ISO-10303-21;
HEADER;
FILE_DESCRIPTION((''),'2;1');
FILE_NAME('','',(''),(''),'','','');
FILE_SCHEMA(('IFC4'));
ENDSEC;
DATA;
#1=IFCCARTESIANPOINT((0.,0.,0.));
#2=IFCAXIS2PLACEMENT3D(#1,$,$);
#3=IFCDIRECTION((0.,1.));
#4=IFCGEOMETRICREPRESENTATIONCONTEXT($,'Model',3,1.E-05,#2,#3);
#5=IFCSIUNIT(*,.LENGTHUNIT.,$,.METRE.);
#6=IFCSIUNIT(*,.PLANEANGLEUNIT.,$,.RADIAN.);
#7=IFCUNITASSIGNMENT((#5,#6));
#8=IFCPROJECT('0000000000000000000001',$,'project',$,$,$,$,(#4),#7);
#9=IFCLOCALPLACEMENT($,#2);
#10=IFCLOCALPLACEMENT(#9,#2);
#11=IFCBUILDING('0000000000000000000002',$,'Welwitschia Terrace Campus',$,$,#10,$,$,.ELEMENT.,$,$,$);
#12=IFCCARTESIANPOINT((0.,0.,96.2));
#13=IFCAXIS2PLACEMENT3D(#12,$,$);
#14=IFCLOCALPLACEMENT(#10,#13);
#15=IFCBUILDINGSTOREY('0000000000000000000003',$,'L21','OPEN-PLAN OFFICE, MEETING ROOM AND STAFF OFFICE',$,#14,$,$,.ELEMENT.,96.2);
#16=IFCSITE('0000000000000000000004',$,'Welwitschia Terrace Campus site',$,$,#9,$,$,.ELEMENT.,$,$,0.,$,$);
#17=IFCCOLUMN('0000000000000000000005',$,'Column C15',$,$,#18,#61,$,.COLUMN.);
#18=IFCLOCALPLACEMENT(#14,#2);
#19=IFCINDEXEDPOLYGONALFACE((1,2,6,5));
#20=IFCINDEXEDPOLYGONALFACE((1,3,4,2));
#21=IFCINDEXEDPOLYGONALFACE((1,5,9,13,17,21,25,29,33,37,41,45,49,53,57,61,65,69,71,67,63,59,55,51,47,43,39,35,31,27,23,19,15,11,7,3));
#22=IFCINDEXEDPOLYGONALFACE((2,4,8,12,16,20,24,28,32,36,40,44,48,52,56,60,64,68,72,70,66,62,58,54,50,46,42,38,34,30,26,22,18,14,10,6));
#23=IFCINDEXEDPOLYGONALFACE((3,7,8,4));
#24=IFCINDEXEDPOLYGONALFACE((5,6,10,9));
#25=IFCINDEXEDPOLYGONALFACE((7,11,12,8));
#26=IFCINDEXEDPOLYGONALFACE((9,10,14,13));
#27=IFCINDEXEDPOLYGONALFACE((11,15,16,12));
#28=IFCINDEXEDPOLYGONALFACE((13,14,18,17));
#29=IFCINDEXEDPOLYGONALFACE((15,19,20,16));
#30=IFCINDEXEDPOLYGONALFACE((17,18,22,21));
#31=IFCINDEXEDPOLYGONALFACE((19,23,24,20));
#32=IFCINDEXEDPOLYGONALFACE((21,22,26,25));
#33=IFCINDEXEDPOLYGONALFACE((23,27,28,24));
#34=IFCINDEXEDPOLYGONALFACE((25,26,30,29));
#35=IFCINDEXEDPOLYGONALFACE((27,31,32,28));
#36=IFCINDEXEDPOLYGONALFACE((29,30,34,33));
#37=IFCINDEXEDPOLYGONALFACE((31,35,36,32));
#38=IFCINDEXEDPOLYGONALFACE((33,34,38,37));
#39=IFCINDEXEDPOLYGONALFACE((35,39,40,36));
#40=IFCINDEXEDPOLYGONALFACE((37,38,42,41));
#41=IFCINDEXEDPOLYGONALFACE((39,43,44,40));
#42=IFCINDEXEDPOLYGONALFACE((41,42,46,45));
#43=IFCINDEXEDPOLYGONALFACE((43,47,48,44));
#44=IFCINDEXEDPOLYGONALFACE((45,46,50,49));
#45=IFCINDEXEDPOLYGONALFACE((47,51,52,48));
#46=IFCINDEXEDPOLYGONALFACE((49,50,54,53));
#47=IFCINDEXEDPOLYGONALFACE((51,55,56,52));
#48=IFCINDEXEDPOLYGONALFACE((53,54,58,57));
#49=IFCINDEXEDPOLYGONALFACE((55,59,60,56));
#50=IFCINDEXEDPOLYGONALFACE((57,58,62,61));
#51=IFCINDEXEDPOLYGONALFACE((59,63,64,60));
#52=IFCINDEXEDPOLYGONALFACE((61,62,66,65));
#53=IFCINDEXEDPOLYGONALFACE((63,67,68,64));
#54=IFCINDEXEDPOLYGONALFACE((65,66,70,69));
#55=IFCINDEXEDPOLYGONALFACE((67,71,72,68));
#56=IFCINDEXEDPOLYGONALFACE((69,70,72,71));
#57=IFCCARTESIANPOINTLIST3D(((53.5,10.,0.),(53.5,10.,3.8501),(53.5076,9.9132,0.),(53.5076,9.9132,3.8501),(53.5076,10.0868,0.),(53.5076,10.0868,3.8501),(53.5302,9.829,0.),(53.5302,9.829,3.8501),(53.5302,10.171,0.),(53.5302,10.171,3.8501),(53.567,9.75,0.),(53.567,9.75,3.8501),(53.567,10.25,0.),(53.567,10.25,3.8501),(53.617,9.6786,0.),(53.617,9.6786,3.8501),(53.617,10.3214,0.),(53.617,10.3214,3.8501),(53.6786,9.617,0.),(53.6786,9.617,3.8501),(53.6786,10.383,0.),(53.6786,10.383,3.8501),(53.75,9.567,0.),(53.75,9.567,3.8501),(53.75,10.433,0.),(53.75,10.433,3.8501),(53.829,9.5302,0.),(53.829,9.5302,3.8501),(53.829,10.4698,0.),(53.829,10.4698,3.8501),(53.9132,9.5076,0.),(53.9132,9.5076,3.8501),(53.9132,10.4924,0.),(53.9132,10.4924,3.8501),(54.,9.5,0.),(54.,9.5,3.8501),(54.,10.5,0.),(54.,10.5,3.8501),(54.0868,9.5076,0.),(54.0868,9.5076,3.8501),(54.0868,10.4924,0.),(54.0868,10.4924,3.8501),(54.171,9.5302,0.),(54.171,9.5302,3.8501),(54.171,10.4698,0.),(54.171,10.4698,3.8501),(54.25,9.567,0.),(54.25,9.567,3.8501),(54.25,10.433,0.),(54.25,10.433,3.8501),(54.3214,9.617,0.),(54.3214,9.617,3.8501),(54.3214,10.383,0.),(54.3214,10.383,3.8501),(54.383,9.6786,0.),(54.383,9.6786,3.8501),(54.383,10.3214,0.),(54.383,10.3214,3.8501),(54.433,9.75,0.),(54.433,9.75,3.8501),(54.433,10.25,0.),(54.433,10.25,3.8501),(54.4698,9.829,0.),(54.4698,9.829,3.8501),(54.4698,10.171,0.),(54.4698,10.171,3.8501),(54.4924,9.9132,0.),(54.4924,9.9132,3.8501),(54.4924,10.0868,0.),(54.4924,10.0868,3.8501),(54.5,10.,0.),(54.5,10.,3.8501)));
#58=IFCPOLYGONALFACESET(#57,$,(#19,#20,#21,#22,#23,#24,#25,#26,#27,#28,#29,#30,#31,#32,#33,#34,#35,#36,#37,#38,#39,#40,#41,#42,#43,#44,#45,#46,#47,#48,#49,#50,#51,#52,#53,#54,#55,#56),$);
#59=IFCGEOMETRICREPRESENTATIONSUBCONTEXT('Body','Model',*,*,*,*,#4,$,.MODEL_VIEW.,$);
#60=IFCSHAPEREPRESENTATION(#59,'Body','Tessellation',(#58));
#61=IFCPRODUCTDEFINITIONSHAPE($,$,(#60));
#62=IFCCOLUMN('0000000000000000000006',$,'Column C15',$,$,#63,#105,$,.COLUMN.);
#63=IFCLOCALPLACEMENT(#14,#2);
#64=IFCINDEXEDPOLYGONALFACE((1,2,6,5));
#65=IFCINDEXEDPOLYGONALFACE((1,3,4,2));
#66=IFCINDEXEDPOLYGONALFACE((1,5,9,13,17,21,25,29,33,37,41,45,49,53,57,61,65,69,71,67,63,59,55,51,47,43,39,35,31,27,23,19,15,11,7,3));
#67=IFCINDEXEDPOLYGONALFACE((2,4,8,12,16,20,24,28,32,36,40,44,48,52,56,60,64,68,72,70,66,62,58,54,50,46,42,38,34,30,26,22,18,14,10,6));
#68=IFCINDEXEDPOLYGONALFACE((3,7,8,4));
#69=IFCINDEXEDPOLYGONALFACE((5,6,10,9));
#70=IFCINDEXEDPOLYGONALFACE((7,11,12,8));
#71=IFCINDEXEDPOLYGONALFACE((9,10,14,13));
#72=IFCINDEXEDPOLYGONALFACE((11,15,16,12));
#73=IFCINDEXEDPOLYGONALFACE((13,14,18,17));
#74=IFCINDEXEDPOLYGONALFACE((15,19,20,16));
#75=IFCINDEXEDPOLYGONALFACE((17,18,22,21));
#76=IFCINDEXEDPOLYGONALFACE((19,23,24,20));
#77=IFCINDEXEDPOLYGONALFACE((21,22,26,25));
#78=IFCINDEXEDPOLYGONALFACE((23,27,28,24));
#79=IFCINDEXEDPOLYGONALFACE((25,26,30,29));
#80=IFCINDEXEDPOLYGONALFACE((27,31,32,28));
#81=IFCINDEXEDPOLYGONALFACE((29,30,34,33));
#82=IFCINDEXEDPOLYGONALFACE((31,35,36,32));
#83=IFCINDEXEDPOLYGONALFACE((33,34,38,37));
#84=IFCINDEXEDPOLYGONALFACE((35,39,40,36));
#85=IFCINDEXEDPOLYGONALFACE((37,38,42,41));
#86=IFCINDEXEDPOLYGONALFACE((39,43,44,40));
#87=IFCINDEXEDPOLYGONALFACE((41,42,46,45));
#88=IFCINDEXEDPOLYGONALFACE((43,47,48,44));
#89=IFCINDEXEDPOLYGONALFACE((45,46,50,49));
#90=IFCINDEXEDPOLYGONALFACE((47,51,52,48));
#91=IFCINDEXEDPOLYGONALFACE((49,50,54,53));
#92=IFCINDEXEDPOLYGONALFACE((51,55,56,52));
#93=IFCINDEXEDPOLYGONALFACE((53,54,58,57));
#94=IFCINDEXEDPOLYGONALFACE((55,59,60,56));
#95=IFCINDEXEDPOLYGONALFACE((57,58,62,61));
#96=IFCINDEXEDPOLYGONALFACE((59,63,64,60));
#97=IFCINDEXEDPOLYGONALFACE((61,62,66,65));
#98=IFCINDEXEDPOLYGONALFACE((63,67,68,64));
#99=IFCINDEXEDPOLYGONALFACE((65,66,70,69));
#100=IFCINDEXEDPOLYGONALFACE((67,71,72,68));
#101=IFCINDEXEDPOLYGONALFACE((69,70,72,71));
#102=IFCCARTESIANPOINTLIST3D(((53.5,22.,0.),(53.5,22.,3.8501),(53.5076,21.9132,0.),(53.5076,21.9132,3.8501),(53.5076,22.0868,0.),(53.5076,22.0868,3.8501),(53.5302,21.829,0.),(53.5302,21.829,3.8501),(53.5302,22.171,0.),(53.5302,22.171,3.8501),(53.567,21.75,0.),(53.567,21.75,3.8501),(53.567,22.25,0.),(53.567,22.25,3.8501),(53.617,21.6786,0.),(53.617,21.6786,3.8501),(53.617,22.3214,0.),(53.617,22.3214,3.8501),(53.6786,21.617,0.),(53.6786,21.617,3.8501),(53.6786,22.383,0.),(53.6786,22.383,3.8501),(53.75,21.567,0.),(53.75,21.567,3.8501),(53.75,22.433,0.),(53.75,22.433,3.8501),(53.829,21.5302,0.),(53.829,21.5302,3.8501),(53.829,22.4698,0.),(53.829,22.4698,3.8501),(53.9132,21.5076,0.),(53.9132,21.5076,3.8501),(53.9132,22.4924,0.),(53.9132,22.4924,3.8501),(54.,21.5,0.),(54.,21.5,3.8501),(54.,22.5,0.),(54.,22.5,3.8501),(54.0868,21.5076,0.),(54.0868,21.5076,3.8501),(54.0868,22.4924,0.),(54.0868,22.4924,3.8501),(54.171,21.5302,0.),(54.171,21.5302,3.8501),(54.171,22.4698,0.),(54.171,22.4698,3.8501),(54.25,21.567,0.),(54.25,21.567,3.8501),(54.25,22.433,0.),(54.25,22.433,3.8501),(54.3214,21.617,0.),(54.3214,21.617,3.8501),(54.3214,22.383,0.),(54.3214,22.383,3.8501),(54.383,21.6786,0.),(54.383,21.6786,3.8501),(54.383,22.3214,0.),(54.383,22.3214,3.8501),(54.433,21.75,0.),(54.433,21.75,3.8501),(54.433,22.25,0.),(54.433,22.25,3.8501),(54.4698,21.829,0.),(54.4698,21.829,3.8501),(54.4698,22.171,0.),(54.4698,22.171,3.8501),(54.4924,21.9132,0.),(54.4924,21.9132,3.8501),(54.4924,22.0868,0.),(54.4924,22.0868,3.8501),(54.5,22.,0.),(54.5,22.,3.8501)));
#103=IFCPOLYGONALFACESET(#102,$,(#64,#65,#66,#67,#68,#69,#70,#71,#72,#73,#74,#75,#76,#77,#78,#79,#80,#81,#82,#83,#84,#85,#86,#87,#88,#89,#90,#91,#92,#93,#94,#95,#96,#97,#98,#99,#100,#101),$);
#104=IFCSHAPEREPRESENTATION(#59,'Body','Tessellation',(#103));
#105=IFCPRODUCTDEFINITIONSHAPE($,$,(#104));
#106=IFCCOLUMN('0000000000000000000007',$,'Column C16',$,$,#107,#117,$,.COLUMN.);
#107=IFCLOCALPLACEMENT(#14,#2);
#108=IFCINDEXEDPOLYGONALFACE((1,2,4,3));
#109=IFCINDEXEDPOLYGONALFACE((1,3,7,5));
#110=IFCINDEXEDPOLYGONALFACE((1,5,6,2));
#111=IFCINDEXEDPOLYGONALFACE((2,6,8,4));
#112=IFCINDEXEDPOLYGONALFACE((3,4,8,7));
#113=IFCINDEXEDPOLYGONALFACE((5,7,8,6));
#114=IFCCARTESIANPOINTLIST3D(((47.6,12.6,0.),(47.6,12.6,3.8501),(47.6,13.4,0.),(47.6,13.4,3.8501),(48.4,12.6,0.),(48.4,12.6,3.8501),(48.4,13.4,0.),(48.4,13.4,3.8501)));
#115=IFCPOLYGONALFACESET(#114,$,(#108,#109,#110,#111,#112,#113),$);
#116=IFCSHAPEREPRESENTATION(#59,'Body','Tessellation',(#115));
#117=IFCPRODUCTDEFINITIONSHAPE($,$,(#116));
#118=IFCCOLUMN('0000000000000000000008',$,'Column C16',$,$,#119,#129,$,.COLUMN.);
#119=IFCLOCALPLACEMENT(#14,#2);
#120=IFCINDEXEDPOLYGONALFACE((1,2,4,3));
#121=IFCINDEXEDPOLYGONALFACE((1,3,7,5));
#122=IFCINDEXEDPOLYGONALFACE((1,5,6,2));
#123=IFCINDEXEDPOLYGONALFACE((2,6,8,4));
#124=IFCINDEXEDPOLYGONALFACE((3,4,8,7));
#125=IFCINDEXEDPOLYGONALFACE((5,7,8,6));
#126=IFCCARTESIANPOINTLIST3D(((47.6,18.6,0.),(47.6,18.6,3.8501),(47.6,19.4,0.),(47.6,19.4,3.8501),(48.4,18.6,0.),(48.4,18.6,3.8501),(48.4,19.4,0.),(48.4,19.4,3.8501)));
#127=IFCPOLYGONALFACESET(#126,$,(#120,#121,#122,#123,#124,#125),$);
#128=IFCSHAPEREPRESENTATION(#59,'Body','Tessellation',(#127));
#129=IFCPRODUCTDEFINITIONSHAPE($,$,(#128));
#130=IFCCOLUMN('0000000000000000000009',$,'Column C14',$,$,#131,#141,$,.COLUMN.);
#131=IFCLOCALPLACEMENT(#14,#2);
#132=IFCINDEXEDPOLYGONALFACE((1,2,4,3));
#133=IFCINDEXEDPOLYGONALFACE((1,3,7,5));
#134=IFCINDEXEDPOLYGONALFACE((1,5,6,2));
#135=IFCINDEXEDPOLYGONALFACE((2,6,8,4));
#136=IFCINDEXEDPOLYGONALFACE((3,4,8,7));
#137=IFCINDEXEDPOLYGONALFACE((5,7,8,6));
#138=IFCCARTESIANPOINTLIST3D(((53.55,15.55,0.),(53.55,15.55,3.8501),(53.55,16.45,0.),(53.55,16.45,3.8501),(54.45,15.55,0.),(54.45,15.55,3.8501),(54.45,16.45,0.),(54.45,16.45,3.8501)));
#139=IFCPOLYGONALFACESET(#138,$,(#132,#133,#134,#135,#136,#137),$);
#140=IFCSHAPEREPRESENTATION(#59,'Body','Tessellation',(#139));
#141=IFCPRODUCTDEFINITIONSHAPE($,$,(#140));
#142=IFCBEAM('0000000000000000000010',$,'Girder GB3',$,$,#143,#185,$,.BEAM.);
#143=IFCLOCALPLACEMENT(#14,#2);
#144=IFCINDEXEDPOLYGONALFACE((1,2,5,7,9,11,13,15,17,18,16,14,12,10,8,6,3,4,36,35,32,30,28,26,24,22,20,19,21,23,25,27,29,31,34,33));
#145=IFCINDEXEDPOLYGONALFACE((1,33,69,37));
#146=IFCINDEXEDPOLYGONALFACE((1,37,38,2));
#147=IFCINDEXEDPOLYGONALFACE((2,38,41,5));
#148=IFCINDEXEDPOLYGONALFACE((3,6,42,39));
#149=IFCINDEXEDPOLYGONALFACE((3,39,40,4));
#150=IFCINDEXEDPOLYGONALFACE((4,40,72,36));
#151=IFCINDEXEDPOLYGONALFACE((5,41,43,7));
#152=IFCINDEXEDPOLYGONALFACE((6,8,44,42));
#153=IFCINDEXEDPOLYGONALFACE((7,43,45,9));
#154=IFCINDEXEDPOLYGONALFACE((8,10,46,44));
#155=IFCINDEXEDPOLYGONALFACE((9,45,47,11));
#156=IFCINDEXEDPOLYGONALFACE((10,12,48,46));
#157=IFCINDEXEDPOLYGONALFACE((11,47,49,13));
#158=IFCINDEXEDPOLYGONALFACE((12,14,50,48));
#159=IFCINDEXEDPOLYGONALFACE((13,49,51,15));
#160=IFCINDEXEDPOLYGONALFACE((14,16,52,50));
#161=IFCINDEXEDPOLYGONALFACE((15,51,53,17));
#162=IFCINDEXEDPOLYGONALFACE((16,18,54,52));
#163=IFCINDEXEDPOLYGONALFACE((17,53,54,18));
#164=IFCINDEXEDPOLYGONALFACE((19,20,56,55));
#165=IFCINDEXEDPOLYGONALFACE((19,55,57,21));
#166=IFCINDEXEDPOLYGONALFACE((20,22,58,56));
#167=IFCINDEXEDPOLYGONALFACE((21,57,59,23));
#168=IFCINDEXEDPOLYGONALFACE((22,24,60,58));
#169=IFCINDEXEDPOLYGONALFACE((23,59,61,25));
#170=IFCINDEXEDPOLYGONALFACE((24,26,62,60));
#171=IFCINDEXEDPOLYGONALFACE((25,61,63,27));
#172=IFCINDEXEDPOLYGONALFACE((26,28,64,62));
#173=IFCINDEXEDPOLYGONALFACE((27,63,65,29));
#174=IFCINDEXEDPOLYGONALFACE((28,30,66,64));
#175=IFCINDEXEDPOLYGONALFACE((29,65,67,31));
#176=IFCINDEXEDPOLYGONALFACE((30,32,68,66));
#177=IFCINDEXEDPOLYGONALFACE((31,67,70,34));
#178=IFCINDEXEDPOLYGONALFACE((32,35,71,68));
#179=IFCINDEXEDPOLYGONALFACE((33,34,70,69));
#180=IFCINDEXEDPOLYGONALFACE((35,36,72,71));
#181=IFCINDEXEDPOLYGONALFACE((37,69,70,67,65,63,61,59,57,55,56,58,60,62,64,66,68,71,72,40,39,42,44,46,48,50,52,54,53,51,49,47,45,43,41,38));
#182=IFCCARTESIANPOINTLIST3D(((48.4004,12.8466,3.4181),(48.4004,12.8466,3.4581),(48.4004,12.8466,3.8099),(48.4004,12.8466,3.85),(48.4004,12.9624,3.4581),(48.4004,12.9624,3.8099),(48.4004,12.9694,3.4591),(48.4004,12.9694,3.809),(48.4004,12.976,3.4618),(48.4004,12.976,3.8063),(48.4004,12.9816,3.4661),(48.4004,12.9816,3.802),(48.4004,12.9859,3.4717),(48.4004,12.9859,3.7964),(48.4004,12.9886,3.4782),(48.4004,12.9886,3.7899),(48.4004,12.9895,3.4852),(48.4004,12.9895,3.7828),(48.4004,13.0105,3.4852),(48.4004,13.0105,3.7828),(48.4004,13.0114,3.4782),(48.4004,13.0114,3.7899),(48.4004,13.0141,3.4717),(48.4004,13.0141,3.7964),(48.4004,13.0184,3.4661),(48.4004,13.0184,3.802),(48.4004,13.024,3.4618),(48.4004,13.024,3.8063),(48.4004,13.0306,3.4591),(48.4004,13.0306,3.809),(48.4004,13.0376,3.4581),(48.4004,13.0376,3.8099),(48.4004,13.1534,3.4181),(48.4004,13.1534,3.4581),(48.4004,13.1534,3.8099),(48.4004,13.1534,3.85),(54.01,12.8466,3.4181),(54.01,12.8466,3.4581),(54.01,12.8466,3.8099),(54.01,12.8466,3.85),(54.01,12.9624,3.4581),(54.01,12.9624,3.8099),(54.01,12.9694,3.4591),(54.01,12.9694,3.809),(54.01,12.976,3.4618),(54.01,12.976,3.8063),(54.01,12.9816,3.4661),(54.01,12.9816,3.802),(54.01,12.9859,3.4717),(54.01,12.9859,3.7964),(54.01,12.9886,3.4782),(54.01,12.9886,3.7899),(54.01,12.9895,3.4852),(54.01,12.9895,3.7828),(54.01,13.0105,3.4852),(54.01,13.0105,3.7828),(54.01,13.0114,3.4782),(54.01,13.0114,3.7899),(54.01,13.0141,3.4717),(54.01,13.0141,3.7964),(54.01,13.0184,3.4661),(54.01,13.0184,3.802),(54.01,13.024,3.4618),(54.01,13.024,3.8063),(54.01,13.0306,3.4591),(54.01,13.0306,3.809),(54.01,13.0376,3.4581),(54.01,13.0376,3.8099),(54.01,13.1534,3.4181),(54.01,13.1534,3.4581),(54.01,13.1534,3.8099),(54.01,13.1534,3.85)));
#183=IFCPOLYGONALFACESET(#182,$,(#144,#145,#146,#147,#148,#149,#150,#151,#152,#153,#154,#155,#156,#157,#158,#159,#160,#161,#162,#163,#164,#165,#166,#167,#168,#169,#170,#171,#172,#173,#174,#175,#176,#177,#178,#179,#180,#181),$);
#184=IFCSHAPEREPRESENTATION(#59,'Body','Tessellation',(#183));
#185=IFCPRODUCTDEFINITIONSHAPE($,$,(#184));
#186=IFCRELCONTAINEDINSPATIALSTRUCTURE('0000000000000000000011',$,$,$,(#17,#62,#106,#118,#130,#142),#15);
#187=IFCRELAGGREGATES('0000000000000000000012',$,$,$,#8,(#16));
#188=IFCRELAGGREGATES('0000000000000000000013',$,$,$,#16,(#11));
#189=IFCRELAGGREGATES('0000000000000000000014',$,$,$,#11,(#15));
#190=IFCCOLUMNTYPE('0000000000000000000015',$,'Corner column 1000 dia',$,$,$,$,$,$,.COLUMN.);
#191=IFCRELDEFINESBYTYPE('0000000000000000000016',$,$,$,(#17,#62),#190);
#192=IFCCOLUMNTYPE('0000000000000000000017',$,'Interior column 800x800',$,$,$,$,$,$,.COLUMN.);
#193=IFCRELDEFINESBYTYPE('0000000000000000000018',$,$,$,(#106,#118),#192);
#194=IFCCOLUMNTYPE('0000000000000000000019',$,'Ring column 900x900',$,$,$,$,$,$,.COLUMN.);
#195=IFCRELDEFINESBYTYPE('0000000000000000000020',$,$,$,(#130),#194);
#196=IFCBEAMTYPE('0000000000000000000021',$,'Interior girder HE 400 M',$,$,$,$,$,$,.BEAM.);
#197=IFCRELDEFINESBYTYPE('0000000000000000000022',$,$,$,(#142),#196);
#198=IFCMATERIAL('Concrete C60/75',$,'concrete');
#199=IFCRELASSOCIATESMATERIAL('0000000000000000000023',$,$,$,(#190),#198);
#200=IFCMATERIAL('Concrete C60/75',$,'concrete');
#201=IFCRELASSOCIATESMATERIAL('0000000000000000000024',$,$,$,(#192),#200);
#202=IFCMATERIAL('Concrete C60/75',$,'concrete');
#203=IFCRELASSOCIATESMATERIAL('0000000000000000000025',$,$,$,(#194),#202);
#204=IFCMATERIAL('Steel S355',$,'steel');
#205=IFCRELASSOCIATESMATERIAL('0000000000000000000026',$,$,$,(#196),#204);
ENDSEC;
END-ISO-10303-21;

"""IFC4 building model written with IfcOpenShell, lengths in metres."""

from ifc_helpers import new_model, si_unit, direction, frame, origin, origin_2d, place, context, subcontext, project, spatial, rectangle, circle, i_section, extrude, material, material_profile, profile_set, type_object, element, save


model = new_model("IFC4")

# Units and contexts
model_context = context("Model", 3, precision=1e-05, world=origin(), true_north=direction((0.0, 1.0)))
body_context = subcontext(model_context, "Body", "Model", "MODEL_VIEW")
ifc_project = project(units=[si_unit("LENGTHUNIT", "METRE"), si_unit("PLANEANGLEUNIT", "RADIAN")], contexts=[model_context])

# Site, building, storey
site_placement = place(None, origin())
site = spatial("IfcSite", under=ifc_project, at=site_placement, Name="Welwitschia Terrace Campus site", CompositionType="ELEMENT", RefElevation=0.0)
building_placement = place(site_placement, origin())
building = spatial("IfcBuilding", under=site, at=building_placement, Name="Welwitschia Terrace Campus", CompositionType="ELEMENT")
storey_placement = place(building_placement, frame((0.0, 0.0, 96.2)))
storey = spatial("IfcBuildingStorey", under=building, at=storey_placement, Name="L21", Description="OPEN-PLAN OFFICE, MEETING ROOM AND STAFF OFFICE", CompositionType="ELEMENT", Elevation=96.2)

# Columns
ifc_material_1 = material(Name="Concrete C60/75", Category="concrete")
ifc_material_profile_1 = material_profile(ifc_material_1, circle(Radius=0.5, at=origin_2d()))
ifc_profile_set_1 = profile_set([ifc_material_profile_1], Name="Concrete C60/75")
column_type_1 = type_object("IfcColumnType", Name="Corner column 1000 dia", PredefinedType="COLUMN", material=ifc_profile_set_1)
for number, where, z_axis, x_axis, name in (
    (1, (54.0, 10.0, 0.0), (0.0, 0.0, 1.0), (1.0, 0.0, 0.0), "Column C15"),
    (2, (54.0, 22.0, 0.0), (0.0, 0.0, 1.0), (1.0, 0.0, 0.0), "Column C15"),
):
    element("IfcColumn", number, at=place(storey_placement, frame(where, z_axis=z_axis, x_axis=x_axis)), inside=storey, type_object=column_type_1, Name=name, PredefinedType="COLUMN", context=body_context, shape_type="SweptSolid", body=[
        extrude(circle(Radius=0.5, at=origin_2d()), origin(), (0.0, 0.0, 1.0), 3.8501),
    ])
ifc_material_2 = material(Name="Concrete C60/75", Category="concrete")
ifc_material_profile_2 = material_profile(ifc_material_2, rectangle(XDim=0.8, YDim=0.8, at=origin_2d()))
ifc_profile_set_2 = profile_set([ifc_material_profile_2], Name="Concrete C60/75")
column_type_2 = type_object("IfcColumnType", Name="Interior column 800x800", PredefinedType="COLUMN", material=ifc_profile_set_2)
for number, where, z_axis, x_axis, name in (
    (3, (48.0, 13.0, 0.0), (0.0, 0.0, 1.0), (1.0, 0.0, 0.0), "Column C16"),
    (4, (48.0, 19.0, 0.0), (0.0, 0.0, 1.0), (1.0, 0.0, 0.0), "Column C16"),
):
    element("IfcColumn", number, at=place(storey_placement, frame(where, z_axis=z_axis, x_axis=x_axis)), inside=storey, type_object=column_type_2, Name=name, PredefinedType="COLUMN", context=body_context, shape_type="SweptSolid", body=[
        extrude(rectangle(XDim=0.8, YDim=0.8, at=origin_2d()), origin(), (0.0, 0.0, 1.0), 3.8501),
    ])
ifc_material_3 = material(Name="Concrete C60/75", Category="concrete")
ifc_material_profile_3 = material_profile(ifc_material_3, rectangle(XDim=0.8999, YDim=0.8999, at=origin_2d()))
ifc_profile_set_3 = profile_set([ifc_material_profile_3], Name="Concrete C60/75")
column_type_3 = type_object("IfcColumnType", Name="Ring column 900x900", PredefinedType="COLUMN", material=ifc_profile_set_3)
column_placement = place(storey_placement, frame((54.0, 16.0, 0.0), z_axis=(0.0, 0.0, 1.0), x_axis=(1.0, 0.0, 0.0)))
element("IfcColumn", 5, at=column_placement, inside=storey, type_object=column_type_3, Name="Column C14", PredefinedType="COLUMN", context=body_context, shape_type="SweptSolid", body=[
    extrude(rectangle(XDim=0.8999, YDim=0.8999, at=origin_2d()), origin(), (0.0, 0.0, 1.0), 3.8501),
])

# Beam
ifc_material_4 = material(Name="Steel S355", Category="steel")
ifc_material_profile_4 = material_profile(ifc_material_4, i_section(OverallWidth=0.3069, OverallDepth=0.4319, WebThickness=0.021, FlangeThickness=0.04, FilletRadius=0.0271, at=origin_2d()))
ifc_profile_set_4 = profile_set([ifc_material_profile_4], Name="Steel S355")
beam_type_1 = type_object("IfcBeamType", Name="Interior girder HE 400 M", PredefinedType="BEAM", material=ifc_profile_set_4)
for number, where, z_axis, x_axis, name in (
    (6, (48.4004, 13.0, 3.634), (1.0, 0.0, 0.0), (0.0, 1.0, 0.0), "Girder GB3"),
):
    element("IfcBeam", number, at=place(storey_placement, frame(where, z_axis=z_axis, x_axis=x_axis)), inside=storey, type_object=beam_type_1, Name=name, PredefinedType="BEAM", context=body_context, shape_type="SweptSolid", body=[
        extrude(i_section(OverallWidth=0.3069, OverallDepth=0.4319, WebThickness=0.021, FlangeThickness=0.04, FilletRadius=0.0271, at=origin_2d()), origin(), (0.0, 0.0, 1.0), 5.6096),
    ])

save(model, "model.ifc")
